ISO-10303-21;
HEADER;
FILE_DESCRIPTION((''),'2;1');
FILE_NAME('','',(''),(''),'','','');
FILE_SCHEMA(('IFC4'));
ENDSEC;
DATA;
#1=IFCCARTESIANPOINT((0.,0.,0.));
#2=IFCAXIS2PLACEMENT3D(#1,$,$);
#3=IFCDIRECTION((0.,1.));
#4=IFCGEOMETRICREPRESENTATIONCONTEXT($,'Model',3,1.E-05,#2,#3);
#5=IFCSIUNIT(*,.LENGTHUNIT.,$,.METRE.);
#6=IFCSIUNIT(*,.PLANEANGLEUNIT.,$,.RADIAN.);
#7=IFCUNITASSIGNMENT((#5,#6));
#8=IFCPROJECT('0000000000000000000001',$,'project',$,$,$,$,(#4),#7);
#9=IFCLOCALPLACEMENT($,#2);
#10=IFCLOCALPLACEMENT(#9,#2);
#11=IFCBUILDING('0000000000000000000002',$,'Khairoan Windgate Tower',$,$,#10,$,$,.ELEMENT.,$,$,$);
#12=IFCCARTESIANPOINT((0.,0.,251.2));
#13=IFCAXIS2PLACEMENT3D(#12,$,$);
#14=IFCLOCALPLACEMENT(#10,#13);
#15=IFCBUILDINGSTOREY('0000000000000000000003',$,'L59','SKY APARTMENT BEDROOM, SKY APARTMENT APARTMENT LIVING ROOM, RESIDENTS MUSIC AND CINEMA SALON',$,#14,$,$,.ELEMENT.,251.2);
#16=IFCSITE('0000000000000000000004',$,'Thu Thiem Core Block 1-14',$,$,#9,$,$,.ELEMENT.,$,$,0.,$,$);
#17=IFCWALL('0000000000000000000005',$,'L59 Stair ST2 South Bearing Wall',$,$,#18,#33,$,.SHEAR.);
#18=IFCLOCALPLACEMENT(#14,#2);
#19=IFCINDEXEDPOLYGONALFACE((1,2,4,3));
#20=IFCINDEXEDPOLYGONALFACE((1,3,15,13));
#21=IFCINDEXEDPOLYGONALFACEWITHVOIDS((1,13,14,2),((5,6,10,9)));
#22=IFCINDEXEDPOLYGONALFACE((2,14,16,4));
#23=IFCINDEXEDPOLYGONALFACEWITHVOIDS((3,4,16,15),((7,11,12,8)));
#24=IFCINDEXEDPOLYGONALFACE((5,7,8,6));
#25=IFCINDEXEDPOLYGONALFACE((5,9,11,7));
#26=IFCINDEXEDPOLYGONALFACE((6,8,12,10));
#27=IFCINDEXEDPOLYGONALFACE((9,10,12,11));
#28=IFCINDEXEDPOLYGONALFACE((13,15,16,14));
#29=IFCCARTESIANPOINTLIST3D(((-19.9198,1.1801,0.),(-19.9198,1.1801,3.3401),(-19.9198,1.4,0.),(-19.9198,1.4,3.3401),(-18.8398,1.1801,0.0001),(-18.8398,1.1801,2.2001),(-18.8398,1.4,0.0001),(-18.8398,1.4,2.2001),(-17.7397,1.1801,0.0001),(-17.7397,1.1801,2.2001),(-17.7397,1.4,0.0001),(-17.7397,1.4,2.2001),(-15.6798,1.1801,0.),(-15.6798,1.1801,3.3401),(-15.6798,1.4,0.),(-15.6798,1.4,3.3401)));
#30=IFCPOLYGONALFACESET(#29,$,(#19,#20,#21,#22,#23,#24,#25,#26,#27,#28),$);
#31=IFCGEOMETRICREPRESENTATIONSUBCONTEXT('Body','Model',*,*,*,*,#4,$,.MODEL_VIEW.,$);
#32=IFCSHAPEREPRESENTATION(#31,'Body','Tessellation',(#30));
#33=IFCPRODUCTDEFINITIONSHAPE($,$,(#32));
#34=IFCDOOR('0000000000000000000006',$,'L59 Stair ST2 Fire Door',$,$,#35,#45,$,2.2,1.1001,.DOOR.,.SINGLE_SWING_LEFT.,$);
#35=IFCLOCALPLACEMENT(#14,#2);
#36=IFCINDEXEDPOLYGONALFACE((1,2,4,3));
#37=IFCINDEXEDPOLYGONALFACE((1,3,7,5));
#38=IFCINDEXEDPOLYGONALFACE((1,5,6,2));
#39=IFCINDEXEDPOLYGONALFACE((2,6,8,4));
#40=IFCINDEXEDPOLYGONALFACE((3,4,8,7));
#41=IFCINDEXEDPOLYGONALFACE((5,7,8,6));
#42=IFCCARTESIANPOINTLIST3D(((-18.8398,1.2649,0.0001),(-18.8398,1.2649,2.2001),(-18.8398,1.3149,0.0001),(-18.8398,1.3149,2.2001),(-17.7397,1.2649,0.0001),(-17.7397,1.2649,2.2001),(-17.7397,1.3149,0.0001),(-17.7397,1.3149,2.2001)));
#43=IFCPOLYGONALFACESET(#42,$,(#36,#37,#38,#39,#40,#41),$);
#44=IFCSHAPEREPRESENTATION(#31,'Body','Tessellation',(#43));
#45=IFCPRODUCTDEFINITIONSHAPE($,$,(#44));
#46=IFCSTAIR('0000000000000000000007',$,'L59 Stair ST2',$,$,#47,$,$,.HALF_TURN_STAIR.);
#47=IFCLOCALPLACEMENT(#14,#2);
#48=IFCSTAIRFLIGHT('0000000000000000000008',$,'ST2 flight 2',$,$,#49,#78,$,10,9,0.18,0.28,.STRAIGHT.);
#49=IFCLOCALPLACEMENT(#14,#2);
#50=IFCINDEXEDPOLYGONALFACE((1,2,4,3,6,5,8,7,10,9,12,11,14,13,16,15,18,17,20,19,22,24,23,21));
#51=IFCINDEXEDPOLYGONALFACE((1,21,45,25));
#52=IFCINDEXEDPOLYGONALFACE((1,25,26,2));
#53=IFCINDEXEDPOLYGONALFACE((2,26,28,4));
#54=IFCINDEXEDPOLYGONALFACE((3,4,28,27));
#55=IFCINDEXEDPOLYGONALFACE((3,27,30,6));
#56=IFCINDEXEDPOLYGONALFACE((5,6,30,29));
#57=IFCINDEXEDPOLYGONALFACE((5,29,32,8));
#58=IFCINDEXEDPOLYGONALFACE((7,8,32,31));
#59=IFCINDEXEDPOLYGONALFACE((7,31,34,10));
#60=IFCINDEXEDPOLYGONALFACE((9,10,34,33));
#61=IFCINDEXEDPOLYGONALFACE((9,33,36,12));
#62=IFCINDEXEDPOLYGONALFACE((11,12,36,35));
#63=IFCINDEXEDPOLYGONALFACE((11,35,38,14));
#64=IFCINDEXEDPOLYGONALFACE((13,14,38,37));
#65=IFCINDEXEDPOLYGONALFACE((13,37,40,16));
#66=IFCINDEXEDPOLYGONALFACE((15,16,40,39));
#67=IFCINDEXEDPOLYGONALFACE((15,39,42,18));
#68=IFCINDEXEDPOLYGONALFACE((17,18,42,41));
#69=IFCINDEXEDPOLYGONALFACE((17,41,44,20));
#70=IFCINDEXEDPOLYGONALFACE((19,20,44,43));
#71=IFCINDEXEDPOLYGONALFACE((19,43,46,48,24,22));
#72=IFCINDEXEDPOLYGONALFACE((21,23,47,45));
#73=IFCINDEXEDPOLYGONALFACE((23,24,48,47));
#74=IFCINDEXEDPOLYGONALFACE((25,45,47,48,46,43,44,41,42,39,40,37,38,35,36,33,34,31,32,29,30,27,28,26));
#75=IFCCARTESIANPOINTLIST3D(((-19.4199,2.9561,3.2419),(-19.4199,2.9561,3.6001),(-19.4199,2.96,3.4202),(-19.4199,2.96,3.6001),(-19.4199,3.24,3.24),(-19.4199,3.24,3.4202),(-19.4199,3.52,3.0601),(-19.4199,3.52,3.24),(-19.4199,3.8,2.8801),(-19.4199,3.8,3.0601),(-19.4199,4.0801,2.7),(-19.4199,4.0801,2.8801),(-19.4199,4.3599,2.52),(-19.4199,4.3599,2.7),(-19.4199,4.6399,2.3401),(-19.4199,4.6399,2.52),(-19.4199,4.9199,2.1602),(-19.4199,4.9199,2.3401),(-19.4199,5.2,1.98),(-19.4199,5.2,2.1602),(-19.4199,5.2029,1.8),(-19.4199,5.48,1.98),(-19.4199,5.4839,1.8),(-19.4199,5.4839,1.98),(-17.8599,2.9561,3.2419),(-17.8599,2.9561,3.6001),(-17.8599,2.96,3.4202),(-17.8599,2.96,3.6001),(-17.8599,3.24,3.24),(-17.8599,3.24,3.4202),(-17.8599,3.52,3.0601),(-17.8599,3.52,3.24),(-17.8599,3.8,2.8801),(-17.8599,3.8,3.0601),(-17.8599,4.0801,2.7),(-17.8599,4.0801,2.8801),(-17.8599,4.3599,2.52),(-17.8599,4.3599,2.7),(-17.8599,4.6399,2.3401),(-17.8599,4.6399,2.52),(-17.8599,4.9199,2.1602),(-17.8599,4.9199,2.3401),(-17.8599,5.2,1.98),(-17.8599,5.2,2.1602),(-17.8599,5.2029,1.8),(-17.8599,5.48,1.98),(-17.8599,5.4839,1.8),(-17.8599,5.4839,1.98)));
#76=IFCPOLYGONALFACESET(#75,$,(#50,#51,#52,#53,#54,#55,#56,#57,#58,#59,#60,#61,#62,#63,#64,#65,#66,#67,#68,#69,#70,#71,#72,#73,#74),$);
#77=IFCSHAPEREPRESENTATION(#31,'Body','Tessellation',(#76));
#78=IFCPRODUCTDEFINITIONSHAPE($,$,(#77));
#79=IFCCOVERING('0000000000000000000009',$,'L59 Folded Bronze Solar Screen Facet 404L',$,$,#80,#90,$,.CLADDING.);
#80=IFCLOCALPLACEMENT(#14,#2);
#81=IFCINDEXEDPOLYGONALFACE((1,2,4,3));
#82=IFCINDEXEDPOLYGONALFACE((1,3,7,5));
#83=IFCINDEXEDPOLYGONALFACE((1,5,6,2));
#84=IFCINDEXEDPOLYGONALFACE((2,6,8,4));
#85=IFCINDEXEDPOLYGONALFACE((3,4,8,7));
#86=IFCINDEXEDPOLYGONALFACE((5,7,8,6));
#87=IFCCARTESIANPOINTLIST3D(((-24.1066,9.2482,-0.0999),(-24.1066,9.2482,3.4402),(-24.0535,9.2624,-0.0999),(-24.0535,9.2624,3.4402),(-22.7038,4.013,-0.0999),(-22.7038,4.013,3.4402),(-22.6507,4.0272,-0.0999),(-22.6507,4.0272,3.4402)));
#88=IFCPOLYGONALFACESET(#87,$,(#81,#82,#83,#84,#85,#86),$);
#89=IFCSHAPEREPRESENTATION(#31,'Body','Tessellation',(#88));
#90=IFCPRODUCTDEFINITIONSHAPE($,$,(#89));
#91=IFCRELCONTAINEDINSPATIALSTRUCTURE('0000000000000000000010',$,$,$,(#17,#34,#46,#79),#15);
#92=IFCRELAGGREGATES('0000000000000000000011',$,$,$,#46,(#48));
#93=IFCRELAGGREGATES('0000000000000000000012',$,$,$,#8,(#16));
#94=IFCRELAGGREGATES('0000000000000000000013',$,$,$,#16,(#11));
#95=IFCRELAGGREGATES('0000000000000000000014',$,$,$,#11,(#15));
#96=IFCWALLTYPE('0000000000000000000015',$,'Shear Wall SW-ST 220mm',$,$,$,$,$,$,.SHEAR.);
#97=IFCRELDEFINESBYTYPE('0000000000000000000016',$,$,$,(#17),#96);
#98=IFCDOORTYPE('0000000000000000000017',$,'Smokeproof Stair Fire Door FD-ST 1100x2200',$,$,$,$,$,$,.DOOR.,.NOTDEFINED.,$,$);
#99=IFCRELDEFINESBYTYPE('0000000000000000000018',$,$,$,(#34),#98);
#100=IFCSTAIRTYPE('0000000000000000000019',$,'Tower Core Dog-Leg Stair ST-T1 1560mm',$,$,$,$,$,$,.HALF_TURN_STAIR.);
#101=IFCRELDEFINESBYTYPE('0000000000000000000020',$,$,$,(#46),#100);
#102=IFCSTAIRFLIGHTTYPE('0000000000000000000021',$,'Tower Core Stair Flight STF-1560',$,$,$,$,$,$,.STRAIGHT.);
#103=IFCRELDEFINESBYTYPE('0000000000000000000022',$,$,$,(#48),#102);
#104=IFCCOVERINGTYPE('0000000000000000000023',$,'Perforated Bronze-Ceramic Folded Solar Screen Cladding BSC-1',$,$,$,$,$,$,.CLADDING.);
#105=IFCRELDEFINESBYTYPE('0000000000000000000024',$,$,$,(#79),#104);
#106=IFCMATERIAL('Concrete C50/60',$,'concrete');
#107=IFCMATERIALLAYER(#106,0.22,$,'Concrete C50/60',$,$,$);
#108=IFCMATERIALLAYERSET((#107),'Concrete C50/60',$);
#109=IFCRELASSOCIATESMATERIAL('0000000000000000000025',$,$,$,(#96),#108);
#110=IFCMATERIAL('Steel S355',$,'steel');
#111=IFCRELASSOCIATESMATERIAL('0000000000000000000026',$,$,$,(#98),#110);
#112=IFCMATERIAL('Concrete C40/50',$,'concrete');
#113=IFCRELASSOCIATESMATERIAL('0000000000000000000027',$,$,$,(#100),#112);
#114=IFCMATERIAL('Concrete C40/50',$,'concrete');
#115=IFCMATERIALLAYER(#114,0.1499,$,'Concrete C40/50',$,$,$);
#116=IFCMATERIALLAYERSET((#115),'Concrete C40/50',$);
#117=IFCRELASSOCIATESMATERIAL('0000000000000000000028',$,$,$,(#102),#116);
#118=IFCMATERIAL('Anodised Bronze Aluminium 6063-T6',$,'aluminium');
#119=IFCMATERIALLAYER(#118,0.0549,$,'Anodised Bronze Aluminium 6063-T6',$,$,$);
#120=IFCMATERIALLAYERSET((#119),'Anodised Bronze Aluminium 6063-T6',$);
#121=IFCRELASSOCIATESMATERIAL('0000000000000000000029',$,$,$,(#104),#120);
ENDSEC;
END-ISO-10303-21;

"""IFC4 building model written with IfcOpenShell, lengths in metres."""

from ifc_helpers import new_model, si_unit, direction, frame, frame_2d, origin, origin_2d, place, context, subcontext, project, spatial, polyline, rectangle, outline, extrude, material, layer, layer_set, type_object, element, fill, aggregate, save


model = new_model("IFC4")

# Units and contexts
model_context = context("Model", 3, precision=1e-05, world=origin(), true_north=direction((0.0, 1.0)))
body_context = subcontext(model_context, "Body", "Model", "MODEL_VIEW")
ifc_project = project(units=[si_unit("LENGTHUNIT", "METRE"), si_unit("PLANEANGLEUNIT", "RADIAN")], contexts=[model_context])

# Site, building, storey
site_placement = place(None, origin())
site = spatial("IfcSite", under=ifc_project, at=site_placement, Name="Thu Thiem Core Block 1-14", CompositionType="ELEMENT", RefElevation=0.0)
building_placement = place(site_placement, origin())
building = spatial("IfcBuilding", under=site, at=building_placement, Name="Khairoan Windgate Tower", CompositionType="ELEMENT")
storey_placement = place(building_placement, frame((0.0, 0.0, 251.2)))
storey = spatial("IfcBuildingStorey", under=building, at=storey_placement, Name="L59", Description="SKY APARTMENT BEDROOM, SKY APARTMENT APARTMENT LIVING ROOM, RESIDENTS MUSIC AND CINEMA SALON", CompositionType="ELEMENT", Elevation=251.2)

# Shared definitions
ifc_material_1 = material(Name="Concrete C50/60", Category="concrete")
ifc_layer_1 = layer(ifc_material_1, 0.22, Name="Concrete C50/60")
ifc_layer_set_1 = layer_set([ifc_layer_1], Name="Concrete C50/60")
wall_type = type_object("IfcWallType", Name="Shear Wall SW-ST 220mm", PredefinedType="SHEAR", material=ifc_layer_set_1)

# Wall, opening, door
wall_1_placement = place(storey_placement, frame((-19.9199, 1.29, 0.0), z_axis=(0.0, 0.0, 1.0), x_axis=(1.0, 0.0, 0.0)))
wall_1 = element("IfcWall", 1, at=wall_1_placement, inside=storey, type_object=wall_type, Name="L59 Stair ST2 South Bearing Wall", PredefinedType="SHEAR", context=body_context, shape_type="SweptSolid", body=[
    extrude(rectangle(XDim=4.24, YDim=0.22, at=frame_2d((2.1201, 0.0))), origin(), (0.0, 0.0, 1.0), 3.3401),
])
opening_placement = place(wall_1_placement, frame((1.0801, 0.0, 0.0)))
opening = element("IfcOpeningElement", 2, at=opening_placement, cuts=wall_1, PredefinedType="OPENING", context=body_context, shape_type="SweptSolid", body=[
    extrude(rectangle(XDim=1.1001, YDim=2.2, at=frame_2d((0.55, 1.1001))), frame((0.0, 0.1199, 0.0), z_axis=(0.0, -1.0, 0.0), x_axis=(1.0, 0.0, 0.0)), (0.0, 0.0, 1.0), 0.24),
])
ifc_material_2 = material(Name="Steel S355", Category="steel")
door_type = type_object("IfcDoorType", Name="Smokeproof Stair Fire Door FD-ST 1100x2200", OperationType="NOTDEFINED", PredefinedType="DOOR", material=ifc_material_2)
door_placement = place(opening_placement, origin())
door = element("IfcDoor", 3, at=door_placement, inside=storey, type_object=door_type, Name="L59 Stair ST2 Fire Door", OperationType="SINGLE_SWING_LEFT", OverallHeight=2.2, OverallWidth=1.1001, PredefinedType="DOOR", context=body_context, shape_type="SweptSolid", body=[
    extrude(rectangle(XDim=1.1001, YDim=2.2, at=frame_2d((0.55, 1.1001))), frame((0.0, 0.0249, 0.0), z_axis=(0.0, -1.0, 0.0), x_axis=(1.0, 0.0, 0.0)), (0.0, 0.0, 1.0), 0.05),
])
fill(opening, door)

# Stair, stair flight
ifc_material_3 = material(Name="Concrete C40/50", Category="concrete")
stair_type = type_object("IfcStairType", Name="Tower Core Dog-Leg Stair ST-T1 1560mm", PredefinedType="HALF_TURN_STAIR", material=ifc_material_3)
stair_placement = place(storey_placement, origin())
stair = element("IfcStair", 4, at=stair_placement, inside=storey, type_object=stair_type, Name="L59 Stair ST2", PredefinedType="HALF_TURN_STAIR")
ifc_material_4 = material(Name="Concrete C40/50", Category="concrete")
ifc_layer_2 = layer(ifc_material_4, 0.1499, Name="Concrete C40/50")
ifc_layer_set_2 = layer_set([ifc_layer_2], Name="Concrete C40/50")
stair_flight_type = type_object("IfcStairFlightType", Name="Tower Core Stair Flight STF-1560", PredefinedType="STRAIGHT", material=ifc_layer_set_2)
stair_flight_placement = place(storey_placement, frame((-18.6399, 5.48, 1.8), z_axis=(0.0, 0.0, 1.0), x_axis=(0.0, -1.0, 0.0)))
stair_flight = element("IfcStairFlight", 5, at=stair_flight_placement, type_object=stair_flight_type, Name="ST2 flight 2", NumberOfRisers=10, NumberOfTreads=9, PredefinedType="STRAIGHT", RiserHeight=0.18, TreadLength=0.28, context=body_context, shape_type="SweptSolid", body=[
    extrude(outline(polyline([(-0.0039, 0.0), (-0.0039, 0.1799), (0.0, 0.1799), (0.28, 0.1799), (0.28, 0.3601), (0.5601, 0.3601), (0.5601, 0.54), (0.8401, 0.54), (0.8401, 0.72), (1.1201, 0.72), (1.1201, 0.8999), (1.3999, 0.8999), (1.3999, 1.0801), (1.6799, 1.0801), (1.6799, 1.26), (1.96, 1.26), (1.96, 1.4399), (2.24, 1.4399), (2.24, 1.6201), (2.52, 1.6201), (2.52, 1.8), (2.5239, 1.8), (2.5239, 1.4419), (0.2771, 0.0), (-0.0039, 0.0)])), frame((0.0, 0.78, 0.0), z_axis=(0.0, -1.0, 0.0), x_axis=(1.0, 0.0, 0.0)), (0.0, 0.0, 1.0), 1.5601),
])
aggregate(stair, [stair_flight])

# Covering
ifc_material_5 = material(Name="Anodised Bronze Aluminium 6063-T6", Category="aluminium")
ifc_layer_3 = layer(ifc_material_5, 0.0549, Name="Anodised Bronze Aluminium 6063-T6")
ifc_layer_set_3 = layer_set([ifc_layer_3], Name="Anodised Bronze Aluminium 6063-T6")
covering_type = type_object("IfcCoveringType", Name="Perforated Bronze-Ceramic Folded Solar Screen Cladding BSC-1", PredefinedType="CLADDING", material=ifc_layer_set_3)
covering_placement = place(storey_placement, frame((-23.3787, 6.6377, -0.0999), z_axis=(0.0, 0.0, 1.0), x_axis=(-0.258819, 0.965926, 0.0)))
element("IfcCovering", 6, at=covering_placement, inside=storey, type_object=covering_type, Name="L59 Folded Bronze Solar Screen Facet 404L", PredefinedType="CLADDING", context=body_context, shape_type="SweptSolid", body=[
    extrude(rectangle(XDim=5.4199, YDim=0.0549, at=origin_2d()), origin(), (0.0, 0.0, 1.0), 3.54),
])

save(model, "model.ifc")
